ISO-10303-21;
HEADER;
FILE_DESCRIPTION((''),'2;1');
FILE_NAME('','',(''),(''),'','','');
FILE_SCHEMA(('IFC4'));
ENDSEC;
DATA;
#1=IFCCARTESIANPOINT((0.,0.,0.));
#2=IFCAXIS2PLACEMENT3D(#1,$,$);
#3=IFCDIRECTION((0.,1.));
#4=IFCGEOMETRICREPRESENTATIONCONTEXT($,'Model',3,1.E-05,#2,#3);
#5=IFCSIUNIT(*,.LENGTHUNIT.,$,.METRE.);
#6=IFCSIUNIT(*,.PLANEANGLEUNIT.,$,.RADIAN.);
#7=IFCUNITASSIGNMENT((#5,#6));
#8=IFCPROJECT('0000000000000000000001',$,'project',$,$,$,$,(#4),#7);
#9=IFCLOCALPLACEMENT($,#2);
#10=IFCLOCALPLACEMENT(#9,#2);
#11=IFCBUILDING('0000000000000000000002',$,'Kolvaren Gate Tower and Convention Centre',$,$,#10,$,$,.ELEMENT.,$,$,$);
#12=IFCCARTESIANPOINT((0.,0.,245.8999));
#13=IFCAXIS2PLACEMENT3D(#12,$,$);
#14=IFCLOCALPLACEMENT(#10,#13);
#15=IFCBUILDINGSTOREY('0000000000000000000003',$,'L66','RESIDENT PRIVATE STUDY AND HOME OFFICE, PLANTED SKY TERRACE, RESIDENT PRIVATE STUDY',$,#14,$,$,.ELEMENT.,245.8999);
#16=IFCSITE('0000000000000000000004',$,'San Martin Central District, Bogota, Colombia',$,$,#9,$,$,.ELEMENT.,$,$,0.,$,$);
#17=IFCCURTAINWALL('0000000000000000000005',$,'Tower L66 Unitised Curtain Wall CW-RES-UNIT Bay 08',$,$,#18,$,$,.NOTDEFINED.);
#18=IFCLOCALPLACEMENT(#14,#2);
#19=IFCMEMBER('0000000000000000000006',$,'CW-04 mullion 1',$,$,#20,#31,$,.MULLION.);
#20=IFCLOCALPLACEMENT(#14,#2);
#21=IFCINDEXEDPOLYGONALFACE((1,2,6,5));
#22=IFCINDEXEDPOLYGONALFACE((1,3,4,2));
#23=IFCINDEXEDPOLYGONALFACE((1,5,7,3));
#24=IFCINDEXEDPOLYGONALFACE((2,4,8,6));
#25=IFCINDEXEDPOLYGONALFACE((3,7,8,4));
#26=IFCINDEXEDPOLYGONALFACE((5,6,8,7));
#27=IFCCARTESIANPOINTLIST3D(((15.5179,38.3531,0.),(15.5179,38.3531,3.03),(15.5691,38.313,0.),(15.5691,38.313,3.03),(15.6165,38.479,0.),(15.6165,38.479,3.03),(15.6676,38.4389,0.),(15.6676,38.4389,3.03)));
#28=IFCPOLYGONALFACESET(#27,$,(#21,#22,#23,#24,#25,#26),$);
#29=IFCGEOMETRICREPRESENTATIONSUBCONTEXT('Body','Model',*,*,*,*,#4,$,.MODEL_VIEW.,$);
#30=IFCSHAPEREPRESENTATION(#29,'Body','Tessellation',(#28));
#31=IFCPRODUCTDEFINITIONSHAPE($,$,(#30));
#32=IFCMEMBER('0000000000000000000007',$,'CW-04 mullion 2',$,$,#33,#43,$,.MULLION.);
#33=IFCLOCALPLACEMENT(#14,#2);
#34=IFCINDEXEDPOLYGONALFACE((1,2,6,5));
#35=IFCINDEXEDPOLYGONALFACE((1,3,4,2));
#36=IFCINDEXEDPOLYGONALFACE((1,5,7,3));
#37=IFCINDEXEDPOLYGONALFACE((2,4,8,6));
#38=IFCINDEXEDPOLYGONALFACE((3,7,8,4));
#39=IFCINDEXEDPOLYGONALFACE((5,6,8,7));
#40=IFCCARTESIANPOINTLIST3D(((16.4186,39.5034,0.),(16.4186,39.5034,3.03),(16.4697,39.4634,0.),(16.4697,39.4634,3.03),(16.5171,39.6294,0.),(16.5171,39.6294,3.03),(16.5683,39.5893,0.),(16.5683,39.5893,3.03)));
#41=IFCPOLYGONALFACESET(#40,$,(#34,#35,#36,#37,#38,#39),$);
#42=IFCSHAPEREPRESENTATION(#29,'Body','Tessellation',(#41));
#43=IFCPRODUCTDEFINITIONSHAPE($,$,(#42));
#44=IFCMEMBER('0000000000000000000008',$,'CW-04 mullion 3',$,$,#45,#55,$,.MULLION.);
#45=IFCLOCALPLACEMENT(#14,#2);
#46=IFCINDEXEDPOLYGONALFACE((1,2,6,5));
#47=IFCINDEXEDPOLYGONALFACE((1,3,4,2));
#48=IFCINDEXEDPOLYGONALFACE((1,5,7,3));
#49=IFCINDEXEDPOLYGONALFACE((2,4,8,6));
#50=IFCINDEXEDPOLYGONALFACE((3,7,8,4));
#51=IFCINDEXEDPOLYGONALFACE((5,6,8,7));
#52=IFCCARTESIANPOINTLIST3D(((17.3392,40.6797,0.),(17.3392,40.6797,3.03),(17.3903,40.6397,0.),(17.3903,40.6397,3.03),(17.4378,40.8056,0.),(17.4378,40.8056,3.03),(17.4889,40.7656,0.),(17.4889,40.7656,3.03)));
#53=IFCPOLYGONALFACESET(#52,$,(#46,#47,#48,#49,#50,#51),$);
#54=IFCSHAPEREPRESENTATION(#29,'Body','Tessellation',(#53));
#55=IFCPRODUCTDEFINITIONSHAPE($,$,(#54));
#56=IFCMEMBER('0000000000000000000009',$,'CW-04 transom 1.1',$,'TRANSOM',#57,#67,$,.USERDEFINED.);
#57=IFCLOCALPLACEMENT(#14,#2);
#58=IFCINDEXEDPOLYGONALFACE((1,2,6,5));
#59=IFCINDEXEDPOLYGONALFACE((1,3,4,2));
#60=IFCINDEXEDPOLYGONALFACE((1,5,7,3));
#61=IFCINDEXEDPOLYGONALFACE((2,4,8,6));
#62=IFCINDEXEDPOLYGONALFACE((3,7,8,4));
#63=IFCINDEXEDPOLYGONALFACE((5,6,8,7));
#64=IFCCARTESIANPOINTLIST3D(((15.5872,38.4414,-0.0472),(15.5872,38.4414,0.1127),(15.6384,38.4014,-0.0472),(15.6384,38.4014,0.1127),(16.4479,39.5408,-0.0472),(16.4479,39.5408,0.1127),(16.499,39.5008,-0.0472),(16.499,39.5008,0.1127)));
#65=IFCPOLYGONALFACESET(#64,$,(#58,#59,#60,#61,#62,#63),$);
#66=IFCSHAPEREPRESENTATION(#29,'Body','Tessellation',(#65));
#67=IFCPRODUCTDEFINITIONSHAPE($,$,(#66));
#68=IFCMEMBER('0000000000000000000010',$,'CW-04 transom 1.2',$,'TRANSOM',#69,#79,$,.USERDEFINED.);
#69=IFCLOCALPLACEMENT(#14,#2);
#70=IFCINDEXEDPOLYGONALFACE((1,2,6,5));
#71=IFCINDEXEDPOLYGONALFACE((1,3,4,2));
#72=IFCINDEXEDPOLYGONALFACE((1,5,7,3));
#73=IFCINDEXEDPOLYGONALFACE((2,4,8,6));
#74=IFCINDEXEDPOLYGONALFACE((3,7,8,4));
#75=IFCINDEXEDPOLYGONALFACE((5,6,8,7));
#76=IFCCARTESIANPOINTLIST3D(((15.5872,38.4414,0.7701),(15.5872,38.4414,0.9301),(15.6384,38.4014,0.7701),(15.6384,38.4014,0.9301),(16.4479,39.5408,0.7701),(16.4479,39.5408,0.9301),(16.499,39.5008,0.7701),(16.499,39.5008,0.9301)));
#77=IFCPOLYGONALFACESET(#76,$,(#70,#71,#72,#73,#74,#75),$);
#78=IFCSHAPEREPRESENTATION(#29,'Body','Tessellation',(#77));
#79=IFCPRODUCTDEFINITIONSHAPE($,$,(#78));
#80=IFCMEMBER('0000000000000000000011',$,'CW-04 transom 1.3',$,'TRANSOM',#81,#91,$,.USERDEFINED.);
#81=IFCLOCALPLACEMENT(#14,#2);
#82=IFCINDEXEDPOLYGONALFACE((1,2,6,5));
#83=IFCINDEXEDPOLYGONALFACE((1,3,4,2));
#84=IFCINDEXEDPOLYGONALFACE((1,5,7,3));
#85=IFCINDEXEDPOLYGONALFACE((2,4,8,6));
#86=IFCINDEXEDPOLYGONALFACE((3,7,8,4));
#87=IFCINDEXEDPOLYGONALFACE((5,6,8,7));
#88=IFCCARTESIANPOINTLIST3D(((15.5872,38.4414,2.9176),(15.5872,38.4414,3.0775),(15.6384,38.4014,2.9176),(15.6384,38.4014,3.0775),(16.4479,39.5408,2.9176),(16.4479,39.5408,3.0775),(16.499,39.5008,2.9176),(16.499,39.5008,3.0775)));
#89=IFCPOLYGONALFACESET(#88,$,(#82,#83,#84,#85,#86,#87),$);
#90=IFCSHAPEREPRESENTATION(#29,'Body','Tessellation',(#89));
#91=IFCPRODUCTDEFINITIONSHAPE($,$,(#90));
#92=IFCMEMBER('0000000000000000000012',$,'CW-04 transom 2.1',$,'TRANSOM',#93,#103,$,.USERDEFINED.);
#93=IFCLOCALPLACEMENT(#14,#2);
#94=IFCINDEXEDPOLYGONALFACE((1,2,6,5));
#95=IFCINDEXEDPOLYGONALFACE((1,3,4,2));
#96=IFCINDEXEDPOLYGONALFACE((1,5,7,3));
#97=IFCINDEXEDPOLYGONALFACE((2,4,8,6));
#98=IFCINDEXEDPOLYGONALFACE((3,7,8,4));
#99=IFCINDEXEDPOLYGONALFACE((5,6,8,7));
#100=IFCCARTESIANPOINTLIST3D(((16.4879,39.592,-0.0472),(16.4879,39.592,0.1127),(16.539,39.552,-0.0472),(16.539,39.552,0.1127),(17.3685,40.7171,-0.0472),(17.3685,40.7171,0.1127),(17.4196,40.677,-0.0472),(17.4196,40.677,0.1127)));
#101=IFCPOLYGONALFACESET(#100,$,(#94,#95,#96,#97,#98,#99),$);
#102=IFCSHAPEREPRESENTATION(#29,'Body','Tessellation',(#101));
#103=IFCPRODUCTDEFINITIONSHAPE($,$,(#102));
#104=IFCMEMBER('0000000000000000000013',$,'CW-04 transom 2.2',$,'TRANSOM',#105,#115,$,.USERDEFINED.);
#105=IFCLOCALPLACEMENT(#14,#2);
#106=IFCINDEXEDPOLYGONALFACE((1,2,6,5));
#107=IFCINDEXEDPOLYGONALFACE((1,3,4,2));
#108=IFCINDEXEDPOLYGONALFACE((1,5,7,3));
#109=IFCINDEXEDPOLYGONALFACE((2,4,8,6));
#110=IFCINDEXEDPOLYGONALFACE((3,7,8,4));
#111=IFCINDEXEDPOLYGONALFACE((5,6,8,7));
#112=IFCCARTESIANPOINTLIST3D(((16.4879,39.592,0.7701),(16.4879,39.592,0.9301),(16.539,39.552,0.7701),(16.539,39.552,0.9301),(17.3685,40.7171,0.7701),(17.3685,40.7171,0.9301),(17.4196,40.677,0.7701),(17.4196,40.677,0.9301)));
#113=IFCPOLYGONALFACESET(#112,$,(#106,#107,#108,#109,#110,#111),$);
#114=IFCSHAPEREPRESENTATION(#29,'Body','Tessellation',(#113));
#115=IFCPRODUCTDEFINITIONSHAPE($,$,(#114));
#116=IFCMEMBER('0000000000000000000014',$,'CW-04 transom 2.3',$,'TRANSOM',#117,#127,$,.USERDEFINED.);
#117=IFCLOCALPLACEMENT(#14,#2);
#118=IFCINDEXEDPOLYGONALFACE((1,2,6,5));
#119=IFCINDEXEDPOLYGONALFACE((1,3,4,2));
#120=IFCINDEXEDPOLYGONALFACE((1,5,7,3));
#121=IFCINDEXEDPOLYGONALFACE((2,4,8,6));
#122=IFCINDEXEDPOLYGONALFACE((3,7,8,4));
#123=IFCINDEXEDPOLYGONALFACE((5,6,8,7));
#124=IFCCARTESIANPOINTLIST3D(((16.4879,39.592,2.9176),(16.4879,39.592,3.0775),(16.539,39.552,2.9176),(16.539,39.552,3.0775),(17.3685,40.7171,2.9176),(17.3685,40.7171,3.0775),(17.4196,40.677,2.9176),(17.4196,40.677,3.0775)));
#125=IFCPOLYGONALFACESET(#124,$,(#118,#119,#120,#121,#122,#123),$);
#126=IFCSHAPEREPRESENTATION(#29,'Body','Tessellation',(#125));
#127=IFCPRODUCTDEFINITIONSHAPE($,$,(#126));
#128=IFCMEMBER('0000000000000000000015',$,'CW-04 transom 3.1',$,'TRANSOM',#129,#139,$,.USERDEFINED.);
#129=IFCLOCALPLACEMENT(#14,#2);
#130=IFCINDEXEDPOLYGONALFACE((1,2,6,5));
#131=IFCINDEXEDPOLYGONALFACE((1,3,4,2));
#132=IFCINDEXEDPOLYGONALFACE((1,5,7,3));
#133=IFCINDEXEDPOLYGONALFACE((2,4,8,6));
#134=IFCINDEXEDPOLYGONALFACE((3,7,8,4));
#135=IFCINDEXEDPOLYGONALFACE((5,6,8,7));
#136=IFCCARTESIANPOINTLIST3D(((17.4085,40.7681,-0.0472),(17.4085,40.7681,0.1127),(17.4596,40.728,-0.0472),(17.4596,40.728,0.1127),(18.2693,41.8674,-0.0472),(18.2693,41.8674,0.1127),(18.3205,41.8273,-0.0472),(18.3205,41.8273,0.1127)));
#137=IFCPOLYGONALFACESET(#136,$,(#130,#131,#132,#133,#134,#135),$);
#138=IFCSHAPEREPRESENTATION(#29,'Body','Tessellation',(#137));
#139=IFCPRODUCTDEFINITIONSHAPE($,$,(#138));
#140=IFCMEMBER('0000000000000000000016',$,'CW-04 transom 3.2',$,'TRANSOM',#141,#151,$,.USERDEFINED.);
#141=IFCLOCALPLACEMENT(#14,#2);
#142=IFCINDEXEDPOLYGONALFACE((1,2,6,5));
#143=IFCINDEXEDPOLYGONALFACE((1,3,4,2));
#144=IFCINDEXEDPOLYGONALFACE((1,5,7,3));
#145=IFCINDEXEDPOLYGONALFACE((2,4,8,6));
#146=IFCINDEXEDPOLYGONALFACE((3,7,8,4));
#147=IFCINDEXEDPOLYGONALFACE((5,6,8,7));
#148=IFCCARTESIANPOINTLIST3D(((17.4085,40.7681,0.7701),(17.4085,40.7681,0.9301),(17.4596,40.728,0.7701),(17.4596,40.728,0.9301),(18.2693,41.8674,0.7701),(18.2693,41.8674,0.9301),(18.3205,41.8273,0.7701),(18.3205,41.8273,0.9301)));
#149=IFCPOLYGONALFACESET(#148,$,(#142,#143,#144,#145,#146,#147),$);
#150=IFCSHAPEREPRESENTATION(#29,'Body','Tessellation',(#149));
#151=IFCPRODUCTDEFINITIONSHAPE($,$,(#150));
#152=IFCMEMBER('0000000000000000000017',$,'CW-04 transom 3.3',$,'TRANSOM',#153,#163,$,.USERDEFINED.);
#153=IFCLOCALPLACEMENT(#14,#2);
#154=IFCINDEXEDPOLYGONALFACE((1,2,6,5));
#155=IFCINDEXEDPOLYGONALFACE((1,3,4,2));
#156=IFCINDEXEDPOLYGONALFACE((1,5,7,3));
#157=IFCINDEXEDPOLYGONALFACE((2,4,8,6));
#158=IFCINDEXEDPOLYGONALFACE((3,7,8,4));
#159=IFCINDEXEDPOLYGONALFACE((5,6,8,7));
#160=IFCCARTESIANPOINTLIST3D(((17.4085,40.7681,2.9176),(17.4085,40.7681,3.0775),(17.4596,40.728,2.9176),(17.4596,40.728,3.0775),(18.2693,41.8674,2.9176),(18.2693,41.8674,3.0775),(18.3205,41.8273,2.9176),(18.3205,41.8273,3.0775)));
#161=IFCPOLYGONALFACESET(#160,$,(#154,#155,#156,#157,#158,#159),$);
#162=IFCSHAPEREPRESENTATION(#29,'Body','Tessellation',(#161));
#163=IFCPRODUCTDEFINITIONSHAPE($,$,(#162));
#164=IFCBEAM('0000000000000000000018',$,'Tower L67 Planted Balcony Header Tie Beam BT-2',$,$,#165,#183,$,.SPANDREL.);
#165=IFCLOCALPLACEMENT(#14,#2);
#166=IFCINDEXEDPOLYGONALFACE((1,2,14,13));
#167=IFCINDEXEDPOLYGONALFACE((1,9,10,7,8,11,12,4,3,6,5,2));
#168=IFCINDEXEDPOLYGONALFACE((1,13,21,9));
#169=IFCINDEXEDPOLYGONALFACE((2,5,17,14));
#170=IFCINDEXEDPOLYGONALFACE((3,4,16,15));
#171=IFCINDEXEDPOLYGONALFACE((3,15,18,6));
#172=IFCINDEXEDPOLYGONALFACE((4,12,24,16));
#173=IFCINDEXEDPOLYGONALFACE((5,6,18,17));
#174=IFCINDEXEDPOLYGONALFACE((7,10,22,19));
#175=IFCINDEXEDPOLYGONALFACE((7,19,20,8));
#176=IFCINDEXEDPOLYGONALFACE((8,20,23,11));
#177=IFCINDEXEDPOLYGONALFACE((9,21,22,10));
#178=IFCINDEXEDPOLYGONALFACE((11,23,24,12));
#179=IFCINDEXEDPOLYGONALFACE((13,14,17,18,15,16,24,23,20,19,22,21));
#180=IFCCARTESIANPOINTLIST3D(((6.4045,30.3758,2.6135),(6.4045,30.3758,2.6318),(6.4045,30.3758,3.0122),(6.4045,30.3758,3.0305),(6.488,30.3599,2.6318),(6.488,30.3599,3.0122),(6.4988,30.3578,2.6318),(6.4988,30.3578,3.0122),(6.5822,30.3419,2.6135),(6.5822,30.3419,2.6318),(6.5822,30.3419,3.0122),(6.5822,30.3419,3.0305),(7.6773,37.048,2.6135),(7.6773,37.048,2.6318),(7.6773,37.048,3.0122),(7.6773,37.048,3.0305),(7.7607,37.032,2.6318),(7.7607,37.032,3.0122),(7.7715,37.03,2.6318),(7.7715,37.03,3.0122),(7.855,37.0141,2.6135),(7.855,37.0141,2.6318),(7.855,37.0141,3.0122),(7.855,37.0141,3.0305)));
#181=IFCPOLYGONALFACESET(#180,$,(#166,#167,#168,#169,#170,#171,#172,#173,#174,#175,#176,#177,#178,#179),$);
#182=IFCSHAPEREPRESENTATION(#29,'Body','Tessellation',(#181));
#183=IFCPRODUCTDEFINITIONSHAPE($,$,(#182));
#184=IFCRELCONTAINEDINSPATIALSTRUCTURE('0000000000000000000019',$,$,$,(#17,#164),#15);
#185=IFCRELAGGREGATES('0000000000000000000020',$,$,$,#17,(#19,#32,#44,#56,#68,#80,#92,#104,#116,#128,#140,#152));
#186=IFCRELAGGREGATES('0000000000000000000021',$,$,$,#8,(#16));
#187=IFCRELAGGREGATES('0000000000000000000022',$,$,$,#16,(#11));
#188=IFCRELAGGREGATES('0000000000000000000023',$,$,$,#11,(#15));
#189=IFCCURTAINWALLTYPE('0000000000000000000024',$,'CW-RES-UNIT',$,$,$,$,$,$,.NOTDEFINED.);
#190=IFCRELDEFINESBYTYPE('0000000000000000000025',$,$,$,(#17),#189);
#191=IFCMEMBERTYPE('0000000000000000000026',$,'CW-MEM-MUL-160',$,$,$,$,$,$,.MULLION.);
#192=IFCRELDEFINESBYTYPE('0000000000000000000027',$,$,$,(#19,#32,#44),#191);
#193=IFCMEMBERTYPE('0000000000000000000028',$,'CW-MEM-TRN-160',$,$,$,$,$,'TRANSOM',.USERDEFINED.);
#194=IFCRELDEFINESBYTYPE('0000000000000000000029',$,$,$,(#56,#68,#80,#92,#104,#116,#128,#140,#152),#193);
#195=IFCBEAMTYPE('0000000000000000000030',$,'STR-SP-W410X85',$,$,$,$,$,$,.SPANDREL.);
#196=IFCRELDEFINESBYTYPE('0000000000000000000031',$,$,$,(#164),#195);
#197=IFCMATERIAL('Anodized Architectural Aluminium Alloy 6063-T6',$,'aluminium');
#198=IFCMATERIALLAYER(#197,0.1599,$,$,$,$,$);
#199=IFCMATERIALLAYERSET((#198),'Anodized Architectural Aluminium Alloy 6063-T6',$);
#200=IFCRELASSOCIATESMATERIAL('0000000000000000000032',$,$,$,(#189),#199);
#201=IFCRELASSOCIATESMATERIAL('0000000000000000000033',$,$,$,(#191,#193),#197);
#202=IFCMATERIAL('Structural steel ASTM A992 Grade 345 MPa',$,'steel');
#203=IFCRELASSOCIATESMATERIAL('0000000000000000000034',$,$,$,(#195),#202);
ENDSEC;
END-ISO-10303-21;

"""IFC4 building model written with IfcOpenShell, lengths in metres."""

from ifc_helpers import new_model, si_unit, direction, frame, origin, origin_2d, place, context, subcontext, project, spatial, rectangle, i_section, extrude, material, layer, layer_set, material_profile, profile_set, type_object, element, aggregate, save


model = new_model("IFC4")

# Units and contexts
model_context = context("Model", 3, precision=1e-05, world=origin(), true_north=direction((0.0, 1.0)))
body_context = subcontext(model_context, "Body", "Model", "MODEL_VIEW")
ifc_project = project(units=[si_unit("LENGTHUNIT", "METRE"), si_unit("PLANEANGLEUNIT", "RADIAN")], contexts=[model_context])

# Site, building, storey
site_placement = place(None, origin())
site = spatial("IfcSite", under=ifc_project, at=site_placement, Name="San Martin Central District, Bogota, Colombia", CompositionType="ELEMENT", RefElevation=0.0)
building_placement = place(site_placement, origin())
building = spatial("IfcBuilding", under=site, at=building_placement, Name="Kolvaren Gate Tower and Convention Centre", CompositionType="ELEMENT")
storey_placement = place(building_placement, frame((0.0, 0.0, 245.8999)))
storey = spatial("IfcBuildingStorey", under=building, at=storey_placement, Name="L66", Description="RESIDENT PRIVATE STUDY AND HOME OFFICE, PLANTED SKY TERRACE, RESIDENT PRIVATE STUDY", CompositionType="ELEMENT", Elevation=245.8999)

# Curtain wall, members
ifc_material_1 = material(Name="Anodized Architectural Aluminium Alloy 6063-T6", Category="aluminium")
ifc_layer_1 = layer(ifc_material_1, 0.1599)
ifc_layer_set_1 = layer_set([ifc_layer_1], Name="Anodized Architectural Aluminium Alloy 6063-T6")
curtain_wall_type = type_object("IfcCurtainWallType", Name="CW-RES-UNIT", PredefinedType="NOTDEFINED", material=ifc_layer_set_1)
curtain_wall_placement = place(storey_placement, origin())
curtain_wall = element("IfcCurtainWall", 1, at=curtain_wall_placement, inside=storey, type_object=curtain_wall_type, Name="Tower L66 Unitised Curtain Wall CW-RES-UNIT Bay 08", PredefinedType="NOTDEFINED")
ifc_material_profile_1 = material_profile(ifc_material_1, rectangle(XDim=0.0649, YDim=0.1599, at=origin_2d()), Name="CW-MEM-MUL-160")
ifc_profile_set_1 = profile_set([ifc_material_profile_1], Name="Anodized Architectural Aluminium Alloy 6063-T6")
member_type_1 = type_object("IfcMemberType", Name="CW-MEM-MUL-160", PredefinedType="MULLION", material=ifc_profile_set_1)
member_1_placement = place(storey_placement, frame((15.5928, 38.396, 0.0), z_axis=(0.0, 0.0, 1.0), x_axis=(-0.787414, 0.616425, 0.0)))
member_1 = element("IfcMember", 2, at=member_1_placement, type_object=member_type_1, Name="CW-04 mullion 1", PredefinedType="MULLION", context=body_context, shape_type="SweptSolid", body=[
    extrude(rectangle(XDim=0.0649, YDim=0.1599, at=origin_2d()), origin(), (0.0, 0.0, 1.0), 3.03),
])
member_2_placement = place(storey_placement, frame((16.4934, 39.5464, 0.0), z_axis=(0.0, 0.0, 1.0), x_axis=(-0.787414, 0.616425, 0.0)))
member_2 = element("IfcMember", 3, at=member_2_placement, type_object=member_type_1, Name="CW-04 mullion 2", PredefinedType="MULLION", context=body_context, shape_type="SweptSolid", body=[
    extrude(rectangle(XDim=0.0649, YDim=0.1599, at=origin_2d()), origin(), (0.0, 0.0, 1.0), 3.03),
])
member_3_placement = place(storey_placement, frame((17.4141, 40.7227, 0.0), z_axis=(0.0, 0.0, 1.0), x_axis=(-0.787414, 0.616425, 0.0)))
member_3 = element("IfcMember", 4, at=member_3_placement, type_object=member_type_1, Name="CW-04 mullion 3", PredefinedType="MULLION", context=body_context, shape_type="SweptSolid", body=[
    extrude(rectangle(XDim=0.0649, YDim=0.1599, at=origin_2d()), origin(), (0.0, 0.0, 1.0), 3.03),
])
ifc_material_profile_2 = material_profile(ifc_material_1, rectangle(XDim=0.0649, YDim=0.1599, at=origin_2d()), Name="CW-MEM-TRN-160")
ifc_profile_set_2 = profile_set([ifc_material_profile_2], Name="Anodized Architectural Aluminium Alloy 6063-T6")
member_type_2 = type_object("IfcMemberType", Name="CW-MEM-TRN-160", ElementType="TRANSOM", PredefinedType="USERDEFINED", material=ifc_profile_set_2)
member_4_placement = place(storey_placement, frame((15.6128, 38.4214, 0.0327), z_axis=(0.616407, 0.787428, 0.0), x_axis=(-0.787428, 0.616407, 0.0)))
member_4 = element("IfcMember", 5, at=member_4_placement, type_object=member_type_2, Name="CW-04 transom 1.1", ObjectType="TRANSOM", PredefinedType="USERDEFINED", context=body_context, shape_type="SweptSolid", body=[
    extrude(rectangle(XDim=0.0649, YDim=0.1599, at=origin_2d()), origin(), (0.0, 0.0, 1.0), 1.3962),
])
member_5_placement = place(storey_placement, frame((15.6128, 38.4214, 0.8501), z_axis=(0.616407, 0.787428, 0.0), x_axis=(-0.787428, 0.616407, 0.0)))
member_5 = element("IfcMember", 6, at=member_5_placement, type_object=member_type_2, Name="CW-04 transom 1.2", ObjectType="TRANSOM", PredefinedType="USERDEFINED", context=body_context, shape_type="SweptSolid", body=[
    extrude(rectangle(XDim=0.0649, YDim=0.1599, at=origin_2d()), origin(), (0.0, 0.0, 1.0), 1.3962),
])
member_6_placement = place(storey_placement, frame((15.6128, 38.4214, 2.9976), z_axis=(0.616407, 0.787428, 0.0), x_axis=(-0.787428, 0.616407, 0.0)))
member_6 = element("IfcMember", 7, at=member_6_placement, type_object=member_type_2, Name="CW-04 transom 1.3", ObjectType="TRANSOM", PredefinedType="USERDEFINED", context=body_context, shape_type="SweptSolid", body=[
    extrude(rectangle(XDim=0.0649, YDim=0.1599, at=origin_2d()), origin(), (0.0, 0.0, 1.0), 1.3962),
])
member_7_placement = place(storey_placement, frame((16.5134, 39.572, 0.0327), z_axis=(0.616387, 0.787444, 0.0), x_axis=(-0.787444, 0.616387, 0.0)))
member_7 = element("IfcMember", 8, at=member_7_placement, type_object=member_type_2, Name="CW-04 transom 2.1", ObjectType="TRANSOM", PredefinedType="USERDEFINED", context=body_context, shape_type="SweptSolid", body=[
    extrude(rectangle(XDim=0.0649, YDim=0.1599, at=origin_2d()), origin(), (0.0, 0.0, 1.0), 1.4287),
])
member_8_placement = place(storey_placement, frame((16.5134, 39.572, 0.8501), z_axis=(0.616387, 0.787444, 0.0), x_axis=(-0.787444, 0.616387, 0.0)))
member_8 = element("IfcMember", 9, at=member_8_placement, type_object=member_type_2, Name="CW-04 transom 2.2", ObjectType="TRANSOM", PredefinedType="USERDEFINED", context=body_context, shape_type="SweptSolid", body=[
    extrude(rectangle(XDim=0.0649, YDim=0.1599, at=origin_2d()), origin(), (0.0, 0.0, 1.0), 1.4287),
])
member_9_placement = place(storey_placement, frame((16.5134, 39.572, 2.9976), z_axis=(0.616387, 0.787444, 0.0), x_axis=(-0.787444, 0.616387, 0.0)))
member_9 = element("IfcMember", 10, at=member_9_placement, type_object=member_type_2, Name="CW-04 transom 2.3", ObjectType="TRANSOM", PredefinedType="USERDEFINED", context=body_context, shape_type="SweptSolid", body=[
    extrude(rectangle(XDim=0.0649, YDim=0.1599, at=origin_2d()), origin(), (0.0, 0.0, 1.0), 1.4287),
])
member_10_placement = place(storey_placement, frame((17.4341, 40.748, 0.0327), z_axis=(0.616516, 0.787343, 0.0), x_axis=(-0.787343, 0.616516, 0.0)))
member_10 = element("IfcMember", 11, at=member_10_placement, type_object=member_type_2, Name="CW-04 transom 3.1", ObjectType="TRANSOM", PredefinedType="USERDEFINED", context=body_context, shape_type="SweptSolid", body=[
    extrude(rectangle(XDim=0.0649, YDim=0.1599, at=origin_2d()), origin(), (0.0, 0.0, 1.0), 1.3962),
])
member_11_placement = place(storey_placement, frame((17.4341, 40.748, 0.8501), z_axis=(0.616516, 0.787343, 0.0), x_axis=(-0.787343, 0.616516, 0.0)))
member_11 = element("IfcMember", 12, at=member_11_placement, type_object=member_type_2, Name="CW-04 transom 3.2", ObjectType="TRANSOM", PredefinedType="USERDEFINED", context=body_context, shape_type="SweptSolid", body=[
    extrude(rectangle(XDim=0.0649, YDim=0.1599, at=origin_2d()), origin(), (0.0, 0.0, 1.0), 1.3962),
])
member_12_placement = place(storey_placement, frame((17.4341, 40.748, 2.9976), z_axis=(0.616516, 0.787343, 0.0), x_axis=(-0.787343, 0.616516, 0.0)))
member_12 = element("IfcMember", 13, at=member_12_placement, type_object=member_type_2, Name="CW-04 transom 3.3", ObjectType="TRANSOM", PredefinedType="USERDEFINED", context=body_context, shape_type="SweptSolid", body=[
    extrude(rectangle(XDim=0.0649, YDim=0.1599, at=origin_2d()), origin(), (0.0, 0.0, 1.0), 1.3962),
])

# Beam
ifc_material_2 = material(Name="Structural steel ASTM A992 Grade 345 MPa", Category="steel")
ifc_material_profile_3 = material_profile(ifc_material_2, i_section(OverallWidth=0.1809, OverallDepth=0.417, WebThickness=0.011, FlangeThickness=0.0183, at=origin_2d()), Name="W410X85")
ifc_profile_set_3 = profile_set([ifc_material_profile_3], Name="Structural steel ASTM A992 Grade 345 MPa")
beam_type = type_object("IfcBeamType", Name="STR-SP-W410X85", PredefinedType="SPANDREL", material=ifc_profile_set_3)
beam_placement = place(storey_placement, frame((7.7661, 37.031, 2.822), z_axis=(-0.187371, -0.982289, 0.0), x_axis=(0.982289, -0.187371, 0.0)))
element("IfcBeam", 14, at=beam_placement, inside=storey, type_object=beam_type, Name="Tower L67 Planted Balcony Header Tie Beam BT-2", PredefinedType="SPANDREL", context=body_context, shape_type="SweptSolid", body=[
    extrude(i_section(OverallWidth=0.1809, OverallDepth=0.417, WebThickness=0.011, FlangeThickness=0.0183, at=origin_2d()), origin(), (0.0, 0.0, 1.0), 6.7925),
])

aggregate(curtain_wall, [member_1, member_2, member_3, member_4, member_5, member_6, member_7, member_8, member_9, member_10, member_11, member_12])

save(model, "model.ifc")
